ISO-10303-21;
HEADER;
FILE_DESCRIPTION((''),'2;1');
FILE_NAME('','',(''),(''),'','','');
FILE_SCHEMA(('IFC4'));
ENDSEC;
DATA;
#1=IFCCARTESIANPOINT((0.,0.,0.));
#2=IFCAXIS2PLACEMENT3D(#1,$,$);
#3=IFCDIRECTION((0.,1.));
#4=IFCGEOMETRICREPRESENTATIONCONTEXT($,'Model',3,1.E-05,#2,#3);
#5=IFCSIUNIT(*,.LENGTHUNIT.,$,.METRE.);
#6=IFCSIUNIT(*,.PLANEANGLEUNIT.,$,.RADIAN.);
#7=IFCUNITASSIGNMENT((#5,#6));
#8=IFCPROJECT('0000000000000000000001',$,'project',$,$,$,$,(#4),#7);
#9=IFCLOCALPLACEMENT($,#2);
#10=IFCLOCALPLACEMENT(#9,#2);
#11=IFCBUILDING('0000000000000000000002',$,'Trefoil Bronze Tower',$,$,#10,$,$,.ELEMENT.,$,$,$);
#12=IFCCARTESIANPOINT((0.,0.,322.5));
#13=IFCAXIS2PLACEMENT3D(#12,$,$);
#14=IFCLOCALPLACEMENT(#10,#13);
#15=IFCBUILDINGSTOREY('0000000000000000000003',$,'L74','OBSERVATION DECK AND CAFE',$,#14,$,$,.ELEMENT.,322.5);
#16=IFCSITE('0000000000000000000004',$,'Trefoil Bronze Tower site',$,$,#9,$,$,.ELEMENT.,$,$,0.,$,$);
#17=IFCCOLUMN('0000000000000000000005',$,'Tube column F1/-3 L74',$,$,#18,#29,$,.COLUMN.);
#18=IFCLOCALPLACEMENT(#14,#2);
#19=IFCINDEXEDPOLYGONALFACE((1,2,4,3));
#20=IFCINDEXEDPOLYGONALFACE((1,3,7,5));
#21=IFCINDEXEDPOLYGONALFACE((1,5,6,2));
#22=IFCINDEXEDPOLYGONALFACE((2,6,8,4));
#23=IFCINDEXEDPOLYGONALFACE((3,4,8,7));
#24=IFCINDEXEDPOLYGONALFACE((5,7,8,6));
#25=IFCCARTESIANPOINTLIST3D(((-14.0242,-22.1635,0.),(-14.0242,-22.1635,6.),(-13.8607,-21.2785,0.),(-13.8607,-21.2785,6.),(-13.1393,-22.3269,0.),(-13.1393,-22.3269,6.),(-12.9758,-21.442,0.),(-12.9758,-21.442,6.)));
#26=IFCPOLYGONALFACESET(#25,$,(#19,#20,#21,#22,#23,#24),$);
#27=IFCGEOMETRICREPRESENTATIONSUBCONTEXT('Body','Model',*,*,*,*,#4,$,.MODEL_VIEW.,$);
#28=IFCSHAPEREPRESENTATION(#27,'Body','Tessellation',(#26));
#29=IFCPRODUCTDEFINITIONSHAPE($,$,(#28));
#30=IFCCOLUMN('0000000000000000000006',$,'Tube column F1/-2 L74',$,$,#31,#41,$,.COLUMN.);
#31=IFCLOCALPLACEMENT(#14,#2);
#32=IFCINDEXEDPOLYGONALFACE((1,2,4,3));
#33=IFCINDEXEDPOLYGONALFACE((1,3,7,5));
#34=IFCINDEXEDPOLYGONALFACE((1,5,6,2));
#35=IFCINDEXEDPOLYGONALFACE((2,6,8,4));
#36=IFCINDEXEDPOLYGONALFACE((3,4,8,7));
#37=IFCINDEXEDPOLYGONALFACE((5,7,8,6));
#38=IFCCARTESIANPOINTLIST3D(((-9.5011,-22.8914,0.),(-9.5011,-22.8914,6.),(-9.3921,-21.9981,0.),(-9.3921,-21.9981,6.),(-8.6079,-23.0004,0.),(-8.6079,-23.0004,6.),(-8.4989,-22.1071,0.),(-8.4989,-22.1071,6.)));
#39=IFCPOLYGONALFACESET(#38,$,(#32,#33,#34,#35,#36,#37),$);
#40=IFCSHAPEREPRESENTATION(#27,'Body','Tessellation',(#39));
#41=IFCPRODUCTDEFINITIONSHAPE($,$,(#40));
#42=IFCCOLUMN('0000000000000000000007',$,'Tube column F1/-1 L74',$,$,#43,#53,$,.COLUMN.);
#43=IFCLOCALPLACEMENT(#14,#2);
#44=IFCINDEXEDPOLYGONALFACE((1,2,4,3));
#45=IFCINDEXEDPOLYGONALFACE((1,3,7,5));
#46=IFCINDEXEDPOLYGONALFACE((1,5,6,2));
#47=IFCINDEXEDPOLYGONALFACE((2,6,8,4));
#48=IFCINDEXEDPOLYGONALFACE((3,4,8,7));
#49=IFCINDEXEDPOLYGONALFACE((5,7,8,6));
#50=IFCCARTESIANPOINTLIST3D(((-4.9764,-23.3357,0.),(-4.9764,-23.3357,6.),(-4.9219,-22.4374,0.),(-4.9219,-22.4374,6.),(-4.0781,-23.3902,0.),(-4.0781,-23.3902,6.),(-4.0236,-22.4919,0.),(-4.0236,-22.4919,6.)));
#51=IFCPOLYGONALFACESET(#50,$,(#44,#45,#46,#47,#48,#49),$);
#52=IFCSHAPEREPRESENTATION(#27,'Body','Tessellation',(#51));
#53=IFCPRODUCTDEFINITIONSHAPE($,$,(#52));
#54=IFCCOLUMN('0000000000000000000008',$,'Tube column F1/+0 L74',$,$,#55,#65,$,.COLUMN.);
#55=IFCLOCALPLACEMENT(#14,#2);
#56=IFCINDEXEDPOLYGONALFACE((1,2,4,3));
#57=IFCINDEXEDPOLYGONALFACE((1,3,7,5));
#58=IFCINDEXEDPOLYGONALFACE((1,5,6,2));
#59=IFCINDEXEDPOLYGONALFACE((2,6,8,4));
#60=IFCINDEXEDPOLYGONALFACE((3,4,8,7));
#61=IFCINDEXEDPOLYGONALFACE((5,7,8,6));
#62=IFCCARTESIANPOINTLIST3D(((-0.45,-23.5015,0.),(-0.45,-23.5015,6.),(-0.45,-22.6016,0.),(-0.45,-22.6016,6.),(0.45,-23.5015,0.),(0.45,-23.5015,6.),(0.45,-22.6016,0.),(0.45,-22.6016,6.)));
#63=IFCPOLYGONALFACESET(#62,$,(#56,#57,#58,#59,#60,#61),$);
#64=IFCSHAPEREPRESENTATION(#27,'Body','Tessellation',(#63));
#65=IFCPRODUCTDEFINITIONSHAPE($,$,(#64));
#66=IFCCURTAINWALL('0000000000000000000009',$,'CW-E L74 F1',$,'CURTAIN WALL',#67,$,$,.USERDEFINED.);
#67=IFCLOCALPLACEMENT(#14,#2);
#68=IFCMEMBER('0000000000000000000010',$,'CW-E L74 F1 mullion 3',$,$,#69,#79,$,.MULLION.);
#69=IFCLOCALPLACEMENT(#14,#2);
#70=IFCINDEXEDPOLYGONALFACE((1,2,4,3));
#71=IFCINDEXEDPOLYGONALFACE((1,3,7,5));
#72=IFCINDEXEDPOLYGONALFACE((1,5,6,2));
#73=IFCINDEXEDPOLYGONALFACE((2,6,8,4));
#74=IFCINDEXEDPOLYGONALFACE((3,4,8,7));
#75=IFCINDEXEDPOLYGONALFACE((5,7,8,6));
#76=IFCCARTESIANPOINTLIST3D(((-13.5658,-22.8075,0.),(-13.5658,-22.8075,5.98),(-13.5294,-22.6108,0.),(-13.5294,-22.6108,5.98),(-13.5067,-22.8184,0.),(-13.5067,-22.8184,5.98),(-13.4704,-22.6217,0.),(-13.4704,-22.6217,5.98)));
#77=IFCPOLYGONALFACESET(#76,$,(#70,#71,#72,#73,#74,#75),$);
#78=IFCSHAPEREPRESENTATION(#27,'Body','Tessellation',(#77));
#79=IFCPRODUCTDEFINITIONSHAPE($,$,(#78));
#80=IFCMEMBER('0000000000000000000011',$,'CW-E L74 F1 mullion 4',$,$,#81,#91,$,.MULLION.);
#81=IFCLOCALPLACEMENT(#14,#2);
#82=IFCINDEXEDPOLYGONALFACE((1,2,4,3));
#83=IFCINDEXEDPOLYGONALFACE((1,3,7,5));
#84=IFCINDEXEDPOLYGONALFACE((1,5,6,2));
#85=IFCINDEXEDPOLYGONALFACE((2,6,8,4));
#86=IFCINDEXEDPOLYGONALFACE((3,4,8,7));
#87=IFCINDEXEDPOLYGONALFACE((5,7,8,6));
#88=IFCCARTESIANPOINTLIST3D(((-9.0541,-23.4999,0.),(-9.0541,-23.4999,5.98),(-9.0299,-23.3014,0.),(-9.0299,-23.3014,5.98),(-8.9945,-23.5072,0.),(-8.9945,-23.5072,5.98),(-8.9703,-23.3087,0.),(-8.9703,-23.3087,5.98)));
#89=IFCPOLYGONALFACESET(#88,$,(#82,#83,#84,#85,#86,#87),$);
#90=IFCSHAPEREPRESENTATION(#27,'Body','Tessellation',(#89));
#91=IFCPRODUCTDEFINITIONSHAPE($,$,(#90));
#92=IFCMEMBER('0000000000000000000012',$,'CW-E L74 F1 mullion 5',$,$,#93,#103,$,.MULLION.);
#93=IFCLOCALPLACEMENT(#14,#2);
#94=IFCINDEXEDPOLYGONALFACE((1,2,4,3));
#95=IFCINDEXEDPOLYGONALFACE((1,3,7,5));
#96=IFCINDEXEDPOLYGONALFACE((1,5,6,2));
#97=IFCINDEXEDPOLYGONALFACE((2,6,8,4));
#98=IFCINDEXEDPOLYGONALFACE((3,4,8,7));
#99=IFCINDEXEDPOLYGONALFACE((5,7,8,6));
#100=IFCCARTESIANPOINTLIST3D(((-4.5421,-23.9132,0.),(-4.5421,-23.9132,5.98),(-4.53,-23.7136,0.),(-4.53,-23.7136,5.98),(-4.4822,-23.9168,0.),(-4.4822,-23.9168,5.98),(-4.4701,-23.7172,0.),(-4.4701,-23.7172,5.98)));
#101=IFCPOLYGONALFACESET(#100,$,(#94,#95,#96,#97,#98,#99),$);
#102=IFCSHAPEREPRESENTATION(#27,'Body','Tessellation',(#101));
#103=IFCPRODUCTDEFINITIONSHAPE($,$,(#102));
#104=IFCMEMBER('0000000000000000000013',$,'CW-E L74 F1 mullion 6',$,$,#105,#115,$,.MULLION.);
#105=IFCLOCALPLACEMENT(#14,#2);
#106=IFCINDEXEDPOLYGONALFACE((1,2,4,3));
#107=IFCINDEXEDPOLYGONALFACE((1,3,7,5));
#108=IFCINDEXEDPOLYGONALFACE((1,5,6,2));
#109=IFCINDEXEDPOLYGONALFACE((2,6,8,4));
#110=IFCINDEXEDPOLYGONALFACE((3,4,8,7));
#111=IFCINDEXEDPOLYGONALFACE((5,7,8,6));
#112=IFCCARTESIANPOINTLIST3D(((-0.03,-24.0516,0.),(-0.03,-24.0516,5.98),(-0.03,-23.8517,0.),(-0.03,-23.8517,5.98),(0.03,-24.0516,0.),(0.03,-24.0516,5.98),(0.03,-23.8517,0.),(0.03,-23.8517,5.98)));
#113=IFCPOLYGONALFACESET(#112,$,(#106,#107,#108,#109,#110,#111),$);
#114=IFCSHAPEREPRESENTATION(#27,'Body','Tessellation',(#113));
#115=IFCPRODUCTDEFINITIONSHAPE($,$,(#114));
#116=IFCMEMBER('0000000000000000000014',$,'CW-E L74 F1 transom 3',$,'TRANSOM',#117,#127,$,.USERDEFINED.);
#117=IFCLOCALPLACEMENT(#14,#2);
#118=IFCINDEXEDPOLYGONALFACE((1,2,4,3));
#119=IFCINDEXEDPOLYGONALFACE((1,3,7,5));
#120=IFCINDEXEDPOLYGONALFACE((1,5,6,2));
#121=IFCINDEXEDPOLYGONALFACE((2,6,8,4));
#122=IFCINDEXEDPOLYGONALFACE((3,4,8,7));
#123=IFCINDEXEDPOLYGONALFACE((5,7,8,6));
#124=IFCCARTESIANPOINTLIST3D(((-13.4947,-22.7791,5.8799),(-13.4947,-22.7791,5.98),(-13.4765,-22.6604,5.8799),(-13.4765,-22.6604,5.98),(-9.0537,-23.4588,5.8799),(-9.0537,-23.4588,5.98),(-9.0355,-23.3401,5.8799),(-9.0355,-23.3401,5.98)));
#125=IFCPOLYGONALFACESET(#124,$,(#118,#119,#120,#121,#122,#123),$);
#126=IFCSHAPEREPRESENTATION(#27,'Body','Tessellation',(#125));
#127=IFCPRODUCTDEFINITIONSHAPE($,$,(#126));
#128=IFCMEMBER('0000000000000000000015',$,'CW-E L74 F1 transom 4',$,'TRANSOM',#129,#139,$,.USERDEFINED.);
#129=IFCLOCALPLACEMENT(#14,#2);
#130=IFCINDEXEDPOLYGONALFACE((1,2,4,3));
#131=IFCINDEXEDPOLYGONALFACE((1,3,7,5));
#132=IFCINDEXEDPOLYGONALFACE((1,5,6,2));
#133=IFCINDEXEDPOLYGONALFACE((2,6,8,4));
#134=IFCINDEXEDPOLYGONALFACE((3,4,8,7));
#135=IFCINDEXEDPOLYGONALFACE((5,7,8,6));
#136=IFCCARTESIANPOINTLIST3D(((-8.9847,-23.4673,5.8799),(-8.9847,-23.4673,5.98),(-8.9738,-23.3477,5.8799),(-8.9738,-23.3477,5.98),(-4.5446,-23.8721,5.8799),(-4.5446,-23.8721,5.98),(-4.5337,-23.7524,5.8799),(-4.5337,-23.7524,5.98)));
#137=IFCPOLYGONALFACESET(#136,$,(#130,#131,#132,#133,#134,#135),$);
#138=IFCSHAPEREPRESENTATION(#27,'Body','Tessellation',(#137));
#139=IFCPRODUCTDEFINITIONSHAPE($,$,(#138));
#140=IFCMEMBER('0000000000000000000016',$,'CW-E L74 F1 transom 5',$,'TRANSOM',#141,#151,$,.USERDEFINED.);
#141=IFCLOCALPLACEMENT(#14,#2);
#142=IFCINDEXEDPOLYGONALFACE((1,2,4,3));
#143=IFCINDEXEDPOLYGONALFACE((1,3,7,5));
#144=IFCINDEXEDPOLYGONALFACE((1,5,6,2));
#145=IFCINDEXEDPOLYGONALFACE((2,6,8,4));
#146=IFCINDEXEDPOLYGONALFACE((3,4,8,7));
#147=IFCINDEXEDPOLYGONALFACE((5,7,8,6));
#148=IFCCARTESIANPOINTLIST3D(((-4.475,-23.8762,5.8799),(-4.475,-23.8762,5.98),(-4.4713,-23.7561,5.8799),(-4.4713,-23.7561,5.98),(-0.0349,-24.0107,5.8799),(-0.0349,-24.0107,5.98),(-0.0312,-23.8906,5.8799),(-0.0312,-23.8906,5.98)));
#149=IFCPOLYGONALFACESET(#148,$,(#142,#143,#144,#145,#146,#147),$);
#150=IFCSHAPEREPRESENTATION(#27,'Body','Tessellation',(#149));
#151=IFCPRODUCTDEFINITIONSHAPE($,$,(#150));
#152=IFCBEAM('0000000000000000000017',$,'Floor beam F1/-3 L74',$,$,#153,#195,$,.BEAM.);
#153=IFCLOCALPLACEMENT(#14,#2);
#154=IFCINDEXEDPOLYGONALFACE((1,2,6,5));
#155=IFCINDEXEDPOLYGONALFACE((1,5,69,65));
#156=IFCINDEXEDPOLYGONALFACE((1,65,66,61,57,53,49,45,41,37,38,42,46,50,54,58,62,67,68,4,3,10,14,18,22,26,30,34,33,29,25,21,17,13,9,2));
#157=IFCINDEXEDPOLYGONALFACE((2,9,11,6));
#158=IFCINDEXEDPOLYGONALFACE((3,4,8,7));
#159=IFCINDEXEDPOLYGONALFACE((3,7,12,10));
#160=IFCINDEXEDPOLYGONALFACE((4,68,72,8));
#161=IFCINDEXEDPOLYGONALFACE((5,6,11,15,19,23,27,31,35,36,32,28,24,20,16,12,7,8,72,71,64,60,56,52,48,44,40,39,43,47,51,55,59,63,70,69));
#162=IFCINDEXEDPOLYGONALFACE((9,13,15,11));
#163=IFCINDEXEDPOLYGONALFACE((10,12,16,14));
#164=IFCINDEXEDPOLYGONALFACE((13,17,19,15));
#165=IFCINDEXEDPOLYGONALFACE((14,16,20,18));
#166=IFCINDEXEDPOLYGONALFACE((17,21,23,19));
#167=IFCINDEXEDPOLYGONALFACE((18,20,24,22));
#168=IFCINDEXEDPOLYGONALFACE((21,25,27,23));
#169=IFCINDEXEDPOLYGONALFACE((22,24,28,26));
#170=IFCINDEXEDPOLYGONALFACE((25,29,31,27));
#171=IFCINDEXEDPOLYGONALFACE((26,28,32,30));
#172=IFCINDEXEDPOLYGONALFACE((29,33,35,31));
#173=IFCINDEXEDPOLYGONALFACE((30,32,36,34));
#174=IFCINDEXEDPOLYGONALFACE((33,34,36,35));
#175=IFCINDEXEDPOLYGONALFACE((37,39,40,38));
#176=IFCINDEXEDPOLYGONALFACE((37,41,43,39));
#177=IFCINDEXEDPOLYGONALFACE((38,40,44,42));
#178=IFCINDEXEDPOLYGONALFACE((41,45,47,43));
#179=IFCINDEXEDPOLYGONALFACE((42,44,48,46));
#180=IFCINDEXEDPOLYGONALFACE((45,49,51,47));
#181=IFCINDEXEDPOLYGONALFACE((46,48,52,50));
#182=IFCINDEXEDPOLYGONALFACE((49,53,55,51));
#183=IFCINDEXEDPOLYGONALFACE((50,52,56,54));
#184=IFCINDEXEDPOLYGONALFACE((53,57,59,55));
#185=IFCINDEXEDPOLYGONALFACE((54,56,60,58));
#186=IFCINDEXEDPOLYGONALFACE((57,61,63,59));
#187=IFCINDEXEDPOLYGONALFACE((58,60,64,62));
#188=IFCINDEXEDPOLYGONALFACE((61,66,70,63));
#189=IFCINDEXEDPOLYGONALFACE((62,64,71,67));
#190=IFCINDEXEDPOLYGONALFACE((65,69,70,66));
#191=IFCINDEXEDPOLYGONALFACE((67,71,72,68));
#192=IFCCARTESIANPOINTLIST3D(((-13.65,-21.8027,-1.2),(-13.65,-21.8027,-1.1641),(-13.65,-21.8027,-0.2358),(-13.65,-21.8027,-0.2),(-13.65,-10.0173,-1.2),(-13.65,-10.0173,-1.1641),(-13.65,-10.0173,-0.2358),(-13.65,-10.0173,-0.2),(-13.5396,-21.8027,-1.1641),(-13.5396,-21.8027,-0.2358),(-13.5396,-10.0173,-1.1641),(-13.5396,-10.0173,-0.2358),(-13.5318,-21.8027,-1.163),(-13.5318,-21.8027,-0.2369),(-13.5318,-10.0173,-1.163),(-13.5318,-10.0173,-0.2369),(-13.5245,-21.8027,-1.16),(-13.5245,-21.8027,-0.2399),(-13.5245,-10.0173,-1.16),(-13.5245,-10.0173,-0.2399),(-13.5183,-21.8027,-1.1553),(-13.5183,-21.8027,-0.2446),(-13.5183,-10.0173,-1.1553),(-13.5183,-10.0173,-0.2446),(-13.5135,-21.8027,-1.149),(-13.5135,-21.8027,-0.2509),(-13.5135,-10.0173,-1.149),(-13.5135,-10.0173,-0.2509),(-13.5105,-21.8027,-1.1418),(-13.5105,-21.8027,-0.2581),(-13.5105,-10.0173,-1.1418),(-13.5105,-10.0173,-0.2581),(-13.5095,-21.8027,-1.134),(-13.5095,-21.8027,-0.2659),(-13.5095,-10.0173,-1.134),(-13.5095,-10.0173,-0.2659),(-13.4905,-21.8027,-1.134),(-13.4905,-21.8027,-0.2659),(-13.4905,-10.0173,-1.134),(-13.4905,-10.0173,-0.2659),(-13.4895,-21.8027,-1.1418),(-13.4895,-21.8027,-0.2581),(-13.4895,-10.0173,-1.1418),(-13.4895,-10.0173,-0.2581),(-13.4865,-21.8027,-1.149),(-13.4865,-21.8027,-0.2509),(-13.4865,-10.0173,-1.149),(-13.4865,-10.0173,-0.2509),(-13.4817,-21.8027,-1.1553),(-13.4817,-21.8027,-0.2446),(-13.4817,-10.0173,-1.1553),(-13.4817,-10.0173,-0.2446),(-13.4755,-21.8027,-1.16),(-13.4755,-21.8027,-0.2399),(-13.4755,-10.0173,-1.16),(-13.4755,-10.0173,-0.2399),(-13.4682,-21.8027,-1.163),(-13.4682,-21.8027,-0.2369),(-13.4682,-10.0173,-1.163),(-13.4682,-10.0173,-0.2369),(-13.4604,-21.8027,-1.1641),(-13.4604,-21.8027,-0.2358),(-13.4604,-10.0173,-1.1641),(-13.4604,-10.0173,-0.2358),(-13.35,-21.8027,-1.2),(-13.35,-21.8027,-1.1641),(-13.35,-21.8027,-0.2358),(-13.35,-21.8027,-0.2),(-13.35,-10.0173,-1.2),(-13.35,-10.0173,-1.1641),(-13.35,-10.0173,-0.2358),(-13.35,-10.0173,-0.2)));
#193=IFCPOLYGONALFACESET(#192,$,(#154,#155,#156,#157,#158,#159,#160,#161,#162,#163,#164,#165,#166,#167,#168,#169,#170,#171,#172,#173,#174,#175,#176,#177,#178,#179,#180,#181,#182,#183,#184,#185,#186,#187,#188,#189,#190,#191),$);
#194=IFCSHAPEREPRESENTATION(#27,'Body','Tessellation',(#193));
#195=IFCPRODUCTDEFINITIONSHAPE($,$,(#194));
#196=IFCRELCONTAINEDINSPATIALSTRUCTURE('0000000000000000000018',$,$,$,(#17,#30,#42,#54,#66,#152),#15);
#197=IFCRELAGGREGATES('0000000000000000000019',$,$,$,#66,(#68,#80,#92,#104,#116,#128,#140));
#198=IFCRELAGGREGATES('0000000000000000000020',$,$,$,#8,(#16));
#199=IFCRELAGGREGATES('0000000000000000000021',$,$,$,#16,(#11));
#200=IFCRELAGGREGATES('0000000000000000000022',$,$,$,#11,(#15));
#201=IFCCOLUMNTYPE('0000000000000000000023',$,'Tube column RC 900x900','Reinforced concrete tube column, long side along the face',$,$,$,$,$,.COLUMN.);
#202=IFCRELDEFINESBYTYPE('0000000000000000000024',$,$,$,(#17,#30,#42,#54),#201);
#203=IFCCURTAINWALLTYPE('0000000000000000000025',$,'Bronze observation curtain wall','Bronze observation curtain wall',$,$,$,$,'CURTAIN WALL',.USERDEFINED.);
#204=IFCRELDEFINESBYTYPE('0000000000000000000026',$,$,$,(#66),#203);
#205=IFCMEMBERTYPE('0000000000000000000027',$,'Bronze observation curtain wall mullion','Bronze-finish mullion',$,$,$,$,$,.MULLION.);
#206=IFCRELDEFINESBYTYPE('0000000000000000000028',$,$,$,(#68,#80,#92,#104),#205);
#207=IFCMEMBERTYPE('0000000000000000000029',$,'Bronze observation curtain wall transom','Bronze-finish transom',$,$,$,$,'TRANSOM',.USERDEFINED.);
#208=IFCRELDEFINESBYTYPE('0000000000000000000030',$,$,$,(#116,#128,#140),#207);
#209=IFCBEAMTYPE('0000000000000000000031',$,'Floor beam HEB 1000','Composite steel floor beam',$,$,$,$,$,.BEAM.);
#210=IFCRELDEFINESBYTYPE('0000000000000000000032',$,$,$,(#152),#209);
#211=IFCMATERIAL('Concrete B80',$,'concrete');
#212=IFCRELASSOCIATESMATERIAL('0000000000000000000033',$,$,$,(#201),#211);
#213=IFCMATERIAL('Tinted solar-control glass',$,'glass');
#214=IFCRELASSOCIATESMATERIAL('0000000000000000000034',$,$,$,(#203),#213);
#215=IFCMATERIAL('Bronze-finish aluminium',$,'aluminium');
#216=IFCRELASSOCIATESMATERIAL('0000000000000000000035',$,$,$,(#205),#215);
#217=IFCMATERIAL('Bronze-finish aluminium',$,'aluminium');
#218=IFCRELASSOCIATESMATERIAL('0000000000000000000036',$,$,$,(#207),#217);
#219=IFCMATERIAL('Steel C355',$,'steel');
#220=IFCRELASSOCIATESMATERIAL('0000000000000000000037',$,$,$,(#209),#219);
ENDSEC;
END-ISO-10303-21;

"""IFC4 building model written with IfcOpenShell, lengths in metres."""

from ifc_helpers import new_model, si_unit, direction, frame, origin, origin_2d, place, context, subcontext, project, spatial, rectangle, i_section, extrude, material, material_profile, profile_set, type_object, element, aggregate, save


model = new_model("IFC4")

# Units and contexts
model_context = context("Model", 3, precision=1e-05, world=origin(), true_north=direction((0.0, 1.0)))
body_context = subcontext(model_context, "Body", "Model", "MODEL_VIEW")
ifc_project = project(units=[si_unit("LENGTHUNIT", "METRE"), si_unit("PLANEANGLEUNIT", "RADIAN")], contexts=[model_context])

# Site, building, storey
site_placement = place(None, origin())
site = spatial("IfcSite", under=ifc_project, at=site_placement, Name="Trefoil Bronze Tower site", CompositionType="ELEMENT", RefElevation=0.0)
building_placement = place(site_placement, origin())
building = spatial("IfcBuilding", under=site, at=building_placement, Name="Trefoil Bronze Tower", CompositionType="ELEMENT")
storey_placement = place(building_placement, frame((0.0, 0.0, 322.5)))
storey = spatial("IfcBuildingStorey", under=building, at=storey_placement, Name="L74", Description="OBSERVATION DECK AND CAFE", CompositionType="ELEMENT", Elevation=322.5)

# Columns
ifc_material_1 = material(Name="Concrete B80", Category="concrete")
ifc_material_profile_1 = material_profile(ifc_material_1, rectangle(XDim=0.8999, YDim=0.8999, at=origin_2d()), Name="RC 900x900")
ifc_profile_set_1 = profile_set([ifc_material_profile_1], Name="Concrete B80")
column_type = type_object("IfcColumnType", Name="Tube column RC 900x900", Description="Reinforced concrete tube column, long side along the face", PredefinedType="COLUMN", material=ifc_profile_set_1)
for number, where, z_axis, x_axis, name in (
    (1, (-13.5, -21.8027, 0.0), (0.0, 0.0, 1.0), (0.98336, -0.181667, 0.0), "Tube column F1/-3 L74"),
    (2, (-9.0, -22.4993, 0.0), (0.0, 0.0, 1.0), (0.992639, -0.121109, 0.0), "Tube column F1/-2 L74"),
    (3, (-4.5, -22.9138, 0.0), (0.0, 0.0, 1.0), (0.998165, -0.060554, 0.0), "Tube column F1/-1 L74"),
    (4, (0.0, -23.0515, 0.0), (0.0, 0.0, 1.0), (1.0, 0.0, 0.0), "Tube column F1/+0 L74"),
):
    element("IfcColumn", number, at=place(storey_placement, frame(where, z_axis=z_axis, x_axis=x_axis)), inside=storey, type_object=column_type, Name=name, PredefinedType="COLUMN", context=body_context, shape_type="SweptSolid", body=[
        extrude(rectangle(XDim=0.8999, YDim=0.8999, at=origin_2d()), origin(), (0.0, 0.0, 1.0), 6.0),
    ])

# Curtain wall, members
ifc_material_2 = material(Name="Tinted solar-control glass", Category="glass")
curtain_wall_type = type_object("IfcCurtainWallType", Name="Bronze observation curtain wall", Description="Bronze observation curtain wall", ElementType="CURTAIN WALL", PredefinedType="USERDEFINED", material=ifc_material_2)
curtain_wall_placement = place(storey_placement, origin())
curtain_wall = element("IfcCurtainWall", 5, at=curtain_wall_placement, inside=storey, type_object=curtain_wall_type, Name="CW-E L74 F1", ObjectType="CURTAIN WALL", PredefinedType="USERDEFINED")
ifc_material_3 = material(Name="Bronze-finish aluminium", Category="aluminium")
ifc_material_profile_2 = material_profile(ifc_material_3, rectangle(XDim=0.2, YDim=0.0601, at=origin_2d()), Name="CW-E mullion")
ifc_profile_set_2 = profile_set([ifc_material_profile_2], Name="Bronze-finish aluminium")
member_type_1 = type_object("IfcMemberType", Name="Bronze observation curtain wall mullion", Description="Bronze-finish mullion", PredefinedType="MULLION", material=ifc_profile_set_2)
member_1_placement = place(storey_placement, frame((-13.5181, -22.7146, 0.0), z_axis=(0.0, 0.0, 1.0), x_axis=(0.181667, 0.98336, 0.0)))
member_1 = element("IfcMember", 6, at=member_1_placement, type_object=member_type_1, Name="CW-E L74 F1 mullion 3", PredefinedType="MULLION", context=body_context, shape_type="SweptSolid", body=[
    extrude(rectangle(XDim=0.2, YDim=0.0601, at=origin_2d()), origin(), (0.0, 0.0, 1.0), 5.98),
])
member_2_placement = place(storey_placement, frame((-9.0122, -23.4043, 0.0), z_axis=(0.0, 0.0, 1.0), x_axis=(0.121109, 0.992639, 0.0)))
member_2 = element("IfcMember", 7, at=member_2_placement, type_object=member_type_1, Name="CW-E L74 F1 mullion 4", PredefinedType="MULLION", context=body_context, shape_type="SweptSolid", body=[
    extrude(rectangle(XDim=0.2, YDim=0.0601, at=origin_2d()), origin(), (0.0, 0.0, 1.0), 5.98),
])
member_3_placement = place(storey_placement, frame((-4.5061, -23.8152, 0.0), z_axis=(0.0, 0.0, 1.0), x_axis=(0.060554, 0.998165, 0.0)))
member_3 = element("IfcMember", 8, at=member_3_placement, type_object=member_type_1, Name="CW-E L74 F1 mullion 5", PredefinedType="MULLION", context=body_context, shape_type="SweptSolid", body=[
    extrude(rectangle(XDim=0.2, YDim=0.0601, at=origin_2d()), origin(), (0.0, 0.0, 1.0), 5.98),
])
member_4_placement = place(storey_placement, frame((0.0, -23.9517, 0.0), z_axis=(0.0, 0.0, 1.0), x_axis=(0.0, 1.0, 0.0)))
member_4 = element("IfcMember", 9, at=member_4_placement, type_object=member_type_1, Name="CW-E L74 F1 mullion 6", PredefinedType="MULLION", context=body_context, shape_type="SweptSolid", body=[
    extrude(rectangle(XDim=0.2, YDim=0.0601, at=origin_2d()), origin(), (0.0, 0.0, 1.0), 5.98),
])
ifc_material_4 = material(Name="Bronze-finish aluminium", Category="aluminium")
ifc_material_profile_3 = material_profile(ifc_material_4, rectangle(XDim=0.1201, YDim=0.1001, at=origin_2d()), Name="CW-E transom")
ifc_profile_set_3 = profile_set([ifc_material_profile_3], Name="Bronze-finish aluminium")
member_type_2 = type_object("IfcMemberType", Name="Bronze observation curtain wall transom", Description="Bronze-finish transom", ElementType="TRANSOM", PredefinedType="USERDEFINED", material=ifc_profile_set_3)
member_5_placement = place(storey_placement, frame((-13.4856, -22.7197, 5.9299), z_axis=(0.98849, -0.151289, 0.0), x_axis=(0.151289, 0.98849, 0.0)))
member_5 = element("IfcMember", 10, at=member_5_placement, type_object=member_type_2, Name="CW-E L74 F1 transom 3", ObjectType="TRANSOM", PredefinedType="USERDEFINED", context=body_context, shape_type="SweptSolid", body=[
    extrude(rectangle(XDim=0.1201, YDim=0.1001, at=origin_2d()), origin(), (0.0, 0.0, 1.0), 4.4927),
])
member_6_placement = place(storey_placement, frame((-8.9792, -23.4075, 5.9299), z_axis=(0.99587, -0.090788, 0.0), x_axis=(0.090788, 0.99587, 0.0)))
member_6 = element("IfcMember", 11, at=member_6_placement, type_object=member_type_2, Name="CW-E L74 F1 transom 4", ObjectType="TRANSOM", PredefinedType="USERDEFINED", context=body_context, shape_type="SweptSolid", body=[
    extrude(rectangle(XDim=0.1201, YDim=0.1001, at=origin_2d()), origin(), (0.0, 0.0, 1.0), 4.4585),
])
member_7_placement = place(storey_placement, frame((-4.4731, -23.8162, 5.9299), z_axis=(0.999541, -0.030282, 0.0), x_axis=(0.030282, 0.999541, 0.0)))
member_7 = element("IfcMember", 12, at=member_7_placement, type_object=member_type_2, Name="CW-E L74 F1 transom 5", ObjectType="TRANSOM", PredefinedType="USERDEFINED", context=body_context, shape_type="SweptSolid", body=[
    extrude(rectangle(XDim=0.1201, YDim=0.1001, at=origin_2d()), origin(), (0.0, 0.0, 1.0), 4.4421),
])

# Beam
ifc_material_5 = material(Name="Steel C355", Category="steel")
ifc_material_profile_4 = material_profile(ifc_material_5, i_section(OverallWidth=0.3, OverallDepth=1.0, WebThickness=0.019, FlangeThickness=0.0359, FilletRadius=0.03, at=origin_2d()), Name="HEB 1000")
ifc_profile_set_4 = profile_set([ifc_material_profile_4], Name="Steel C355")
beam_type_1 = type_object("IfcBeamType", Name="Floor beam HEB 1000", Description="Composite steel floor beam", PredefinedType="BEAM", material=ifc_profile_set_4)
beam_1_placement = place(storey_placement, frame((-13.5, -21.8027, -0.7), z_axis=(0.0, 1.0, 0.0), x_axis=(-1.0, 0.0, 0.0)))
element("IfcBeam", 13, at=beam_1_placement, inside=storey, type_object=beam_type_1, Name="Floor beam F1/-3 L74", PredefinedType="BEAM", context=body_context, shape_type="SweptSolid", body=[
    extrude(i_section(OverallWidth=0.3, OverallDepth=1.0, WebThickness=0.019, FlangeThickness=0.0359, FilletRadius=0.03, at=origin_2d()), origin(), (0.0, 0.0, 1.0), 11.7854),
])

aggregate(curtain_wall, [member_1, member_2, member_3, member_4, member_5, member_6, member_7])

save(model, "model.ifc")
